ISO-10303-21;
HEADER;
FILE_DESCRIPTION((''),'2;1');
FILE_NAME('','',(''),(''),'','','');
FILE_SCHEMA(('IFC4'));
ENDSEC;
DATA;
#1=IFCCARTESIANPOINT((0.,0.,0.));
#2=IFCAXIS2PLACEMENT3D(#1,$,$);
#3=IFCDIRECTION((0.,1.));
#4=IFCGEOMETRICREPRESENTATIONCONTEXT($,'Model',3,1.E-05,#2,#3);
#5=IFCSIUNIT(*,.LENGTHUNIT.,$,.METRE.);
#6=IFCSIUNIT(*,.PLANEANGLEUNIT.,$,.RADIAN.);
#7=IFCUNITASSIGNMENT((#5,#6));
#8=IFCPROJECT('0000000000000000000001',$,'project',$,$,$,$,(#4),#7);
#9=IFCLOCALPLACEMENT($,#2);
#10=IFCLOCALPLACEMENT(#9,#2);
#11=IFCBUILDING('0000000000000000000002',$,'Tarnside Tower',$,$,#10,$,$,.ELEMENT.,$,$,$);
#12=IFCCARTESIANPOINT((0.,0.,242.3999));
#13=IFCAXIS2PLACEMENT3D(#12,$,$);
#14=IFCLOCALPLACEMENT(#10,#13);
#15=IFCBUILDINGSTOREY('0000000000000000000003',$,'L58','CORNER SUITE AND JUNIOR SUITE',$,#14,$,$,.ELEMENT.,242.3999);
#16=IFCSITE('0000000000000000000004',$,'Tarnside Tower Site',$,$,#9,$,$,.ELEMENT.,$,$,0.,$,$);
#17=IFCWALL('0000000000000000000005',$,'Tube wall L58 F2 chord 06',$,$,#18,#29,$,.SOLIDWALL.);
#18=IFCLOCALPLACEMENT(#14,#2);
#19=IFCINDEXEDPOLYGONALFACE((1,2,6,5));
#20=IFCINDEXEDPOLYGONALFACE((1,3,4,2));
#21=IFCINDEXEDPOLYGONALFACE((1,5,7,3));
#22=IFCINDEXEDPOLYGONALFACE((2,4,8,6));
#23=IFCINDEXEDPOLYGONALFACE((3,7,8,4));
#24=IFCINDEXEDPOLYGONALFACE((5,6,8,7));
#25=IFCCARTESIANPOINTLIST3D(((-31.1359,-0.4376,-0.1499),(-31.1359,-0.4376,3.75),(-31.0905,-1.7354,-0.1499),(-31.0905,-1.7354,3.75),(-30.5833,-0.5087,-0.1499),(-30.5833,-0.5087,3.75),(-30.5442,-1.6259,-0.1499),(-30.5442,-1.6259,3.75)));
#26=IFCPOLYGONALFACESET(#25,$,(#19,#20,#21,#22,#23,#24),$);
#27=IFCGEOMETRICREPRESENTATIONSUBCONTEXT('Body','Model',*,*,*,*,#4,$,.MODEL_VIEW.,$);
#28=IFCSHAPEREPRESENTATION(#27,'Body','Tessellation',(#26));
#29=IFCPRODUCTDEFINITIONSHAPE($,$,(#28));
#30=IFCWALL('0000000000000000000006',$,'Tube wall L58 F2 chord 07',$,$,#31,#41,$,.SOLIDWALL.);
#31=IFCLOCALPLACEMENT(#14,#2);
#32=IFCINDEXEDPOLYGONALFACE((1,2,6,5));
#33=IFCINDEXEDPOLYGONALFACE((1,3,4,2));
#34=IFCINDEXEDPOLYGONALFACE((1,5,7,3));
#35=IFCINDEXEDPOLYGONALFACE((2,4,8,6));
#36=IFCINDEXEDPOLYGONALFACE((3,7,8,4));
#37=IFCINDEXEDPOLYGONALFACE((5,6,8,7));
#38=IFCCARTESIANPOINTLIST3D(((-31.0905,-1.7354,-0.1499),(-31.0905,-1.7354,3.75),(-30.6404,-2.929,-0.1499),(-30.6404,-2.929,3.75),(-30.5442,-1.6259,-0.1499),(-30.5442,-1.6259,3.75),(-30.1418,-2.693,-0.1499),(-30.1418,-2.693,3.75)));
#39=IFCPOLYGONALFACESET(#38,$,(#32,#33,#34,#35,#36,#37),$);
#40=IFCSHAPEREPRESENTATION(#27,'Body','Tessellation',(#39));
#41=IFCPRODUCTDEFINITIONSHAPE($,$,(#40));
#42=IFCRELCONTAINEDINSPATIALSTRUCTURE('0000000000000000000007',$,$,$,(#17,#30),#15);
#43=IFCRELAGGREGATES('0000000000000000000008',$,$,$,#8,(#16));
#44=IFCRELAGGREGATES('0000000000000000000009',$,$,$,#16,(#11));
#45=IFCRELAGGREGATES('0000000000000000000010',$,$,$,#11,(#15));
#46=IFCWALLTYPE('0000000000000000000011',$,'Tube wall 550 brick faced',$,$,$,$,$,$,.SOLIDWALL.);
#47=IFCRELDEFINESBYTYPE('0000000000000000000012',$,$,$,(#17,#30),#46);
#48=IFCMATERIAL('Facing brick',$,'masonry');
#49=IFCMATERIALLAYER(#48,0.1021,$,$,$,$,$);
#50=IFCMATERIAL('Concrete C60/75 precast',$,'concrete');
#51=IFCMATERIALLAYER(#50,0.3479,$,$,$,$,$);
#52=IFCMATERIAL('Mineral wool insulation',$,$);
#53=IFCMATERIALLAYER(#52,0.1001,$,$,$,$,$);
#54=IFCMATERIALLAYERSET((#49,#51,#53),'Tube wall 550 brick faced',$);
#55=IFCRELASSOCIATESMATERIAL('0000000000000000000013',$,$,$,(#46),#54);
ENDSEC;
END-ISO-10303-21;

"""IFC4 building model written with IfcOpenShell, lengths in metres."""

from ifc_helpers import new_model, si_unit, direction, frame, origin, place, context, subcontext, project, spatial, polyline, outline, extrude, material, layer, layer_set, type_object, element, save


model = new_model("IFC4")

# Units and contexts
model_context = context("Model", 3, precision=1e-05, world=origin(), true_north=direction((0.0, 1.0)))
body_context = subcontext(model_context, "Body", "Model", "MODEL_VIEW")
ifc_project = project(units=[si_unit("LENGTHUNIT", "METRE"), si_unit("PLANEANGLEUNIT", "RADIAN")], contexts=[model_context])

# Site, building, storey
site_placement = place(None, origin())
site = spatial("IfcSite", under=ifc_project, at=site_placement, Name="Tarnside Tower Site", CompositionType="ELEMENT", RefElevation=0.0)
building_placement = place(site_placement, origin())
building = spatial("IfcBuilding", under=site, at=building_placement, Name="Tarnside Tower", CompositionType="ELEMENT")
storey_placement = place(building_placement, frame((0.0, 0.0, 242.3999)))
storey = spatial("IfcBuildingStorey", under=building, at=storey_placement, Name="L58", Description="CORNER SUITE AND JUNIOR SUITE", CompositionType="ELEMENT", Elevation=242.3999)

# Walls
ifc_material_1 = material(Name="Facing brick", Category="masonry")
ifc_layer_1 = layer(ifc_material_1, 0.1021)
ifc_material_2 = material(Name="Concrete C60/75 precast", Category="concrete")
ifc_layer_2 = layer(ifc_material_2, 0.3479)
ifc_material_3 = material(Name="Mineral wool insulation")
ifc_layer_3 = layer(ifc_material_3, 0.1001)
ifc_layer_set_1 = layer_set([ifc_layer_1, ifc_layer_2, ifc_layer_3], Name="Tube wall 550 brick faced")
wall_type_1 = type_object("IfcWallType", Name="Tube wall 550 brick faced", PredefinedType="SOLIDWALL", material=ifc_layer_set_1)
wall_1_placement = place(storey_placement, frame((-30.8596, -0.4731, -0.1499), z_axis=(0.0, 0.0, 1.0), x_axis=(0.034956, -0.999389, 0.0)))
element("IfcWall", 1, at=wall_1_placement, inside=storey, type_object=wall_type_1, Name="Tube wall L58 F2 chord 06", PredefinedType="SOLIDWALL", context=body_context, shape_type="SweptSolid", body=[
    extrude(outline(polyline([(-0.0452, -0.2749), (1.2534, -0.2749), (1.1631, 0.2749), (0.0452, 0.2749), (-0.0452, -0.2749)])), origin(), (0.0, 0.0, 1.0), 3.8999),
])
wall_2_placement = place(storey_placement, frame((-30.8174, -1.6807, -0.1499), z_axis=(0.0, 0.0, 1.0), x_axis=(0.35285, -0.93568, 0.0)))
element("IfcWall", 2, at=wall_2_placement, inside=storey, type_object=wall_type_1, Name="Tube wall L58 F2 chord 07", PredefinedType="SOLIDWALL", context=body_context, shape_type="SweptSolid", body=[
    extrude(outline(polyline([(-0.0452, -0.2749), (1.2305, -0.2749), (1.1855, 0.2749), (0.0452, 0.2749), (-0.0452, -0.2749)])), origin(), (0.0, 0.0, 1.0), 3.8999),
])

save(model, "model.ifc")
